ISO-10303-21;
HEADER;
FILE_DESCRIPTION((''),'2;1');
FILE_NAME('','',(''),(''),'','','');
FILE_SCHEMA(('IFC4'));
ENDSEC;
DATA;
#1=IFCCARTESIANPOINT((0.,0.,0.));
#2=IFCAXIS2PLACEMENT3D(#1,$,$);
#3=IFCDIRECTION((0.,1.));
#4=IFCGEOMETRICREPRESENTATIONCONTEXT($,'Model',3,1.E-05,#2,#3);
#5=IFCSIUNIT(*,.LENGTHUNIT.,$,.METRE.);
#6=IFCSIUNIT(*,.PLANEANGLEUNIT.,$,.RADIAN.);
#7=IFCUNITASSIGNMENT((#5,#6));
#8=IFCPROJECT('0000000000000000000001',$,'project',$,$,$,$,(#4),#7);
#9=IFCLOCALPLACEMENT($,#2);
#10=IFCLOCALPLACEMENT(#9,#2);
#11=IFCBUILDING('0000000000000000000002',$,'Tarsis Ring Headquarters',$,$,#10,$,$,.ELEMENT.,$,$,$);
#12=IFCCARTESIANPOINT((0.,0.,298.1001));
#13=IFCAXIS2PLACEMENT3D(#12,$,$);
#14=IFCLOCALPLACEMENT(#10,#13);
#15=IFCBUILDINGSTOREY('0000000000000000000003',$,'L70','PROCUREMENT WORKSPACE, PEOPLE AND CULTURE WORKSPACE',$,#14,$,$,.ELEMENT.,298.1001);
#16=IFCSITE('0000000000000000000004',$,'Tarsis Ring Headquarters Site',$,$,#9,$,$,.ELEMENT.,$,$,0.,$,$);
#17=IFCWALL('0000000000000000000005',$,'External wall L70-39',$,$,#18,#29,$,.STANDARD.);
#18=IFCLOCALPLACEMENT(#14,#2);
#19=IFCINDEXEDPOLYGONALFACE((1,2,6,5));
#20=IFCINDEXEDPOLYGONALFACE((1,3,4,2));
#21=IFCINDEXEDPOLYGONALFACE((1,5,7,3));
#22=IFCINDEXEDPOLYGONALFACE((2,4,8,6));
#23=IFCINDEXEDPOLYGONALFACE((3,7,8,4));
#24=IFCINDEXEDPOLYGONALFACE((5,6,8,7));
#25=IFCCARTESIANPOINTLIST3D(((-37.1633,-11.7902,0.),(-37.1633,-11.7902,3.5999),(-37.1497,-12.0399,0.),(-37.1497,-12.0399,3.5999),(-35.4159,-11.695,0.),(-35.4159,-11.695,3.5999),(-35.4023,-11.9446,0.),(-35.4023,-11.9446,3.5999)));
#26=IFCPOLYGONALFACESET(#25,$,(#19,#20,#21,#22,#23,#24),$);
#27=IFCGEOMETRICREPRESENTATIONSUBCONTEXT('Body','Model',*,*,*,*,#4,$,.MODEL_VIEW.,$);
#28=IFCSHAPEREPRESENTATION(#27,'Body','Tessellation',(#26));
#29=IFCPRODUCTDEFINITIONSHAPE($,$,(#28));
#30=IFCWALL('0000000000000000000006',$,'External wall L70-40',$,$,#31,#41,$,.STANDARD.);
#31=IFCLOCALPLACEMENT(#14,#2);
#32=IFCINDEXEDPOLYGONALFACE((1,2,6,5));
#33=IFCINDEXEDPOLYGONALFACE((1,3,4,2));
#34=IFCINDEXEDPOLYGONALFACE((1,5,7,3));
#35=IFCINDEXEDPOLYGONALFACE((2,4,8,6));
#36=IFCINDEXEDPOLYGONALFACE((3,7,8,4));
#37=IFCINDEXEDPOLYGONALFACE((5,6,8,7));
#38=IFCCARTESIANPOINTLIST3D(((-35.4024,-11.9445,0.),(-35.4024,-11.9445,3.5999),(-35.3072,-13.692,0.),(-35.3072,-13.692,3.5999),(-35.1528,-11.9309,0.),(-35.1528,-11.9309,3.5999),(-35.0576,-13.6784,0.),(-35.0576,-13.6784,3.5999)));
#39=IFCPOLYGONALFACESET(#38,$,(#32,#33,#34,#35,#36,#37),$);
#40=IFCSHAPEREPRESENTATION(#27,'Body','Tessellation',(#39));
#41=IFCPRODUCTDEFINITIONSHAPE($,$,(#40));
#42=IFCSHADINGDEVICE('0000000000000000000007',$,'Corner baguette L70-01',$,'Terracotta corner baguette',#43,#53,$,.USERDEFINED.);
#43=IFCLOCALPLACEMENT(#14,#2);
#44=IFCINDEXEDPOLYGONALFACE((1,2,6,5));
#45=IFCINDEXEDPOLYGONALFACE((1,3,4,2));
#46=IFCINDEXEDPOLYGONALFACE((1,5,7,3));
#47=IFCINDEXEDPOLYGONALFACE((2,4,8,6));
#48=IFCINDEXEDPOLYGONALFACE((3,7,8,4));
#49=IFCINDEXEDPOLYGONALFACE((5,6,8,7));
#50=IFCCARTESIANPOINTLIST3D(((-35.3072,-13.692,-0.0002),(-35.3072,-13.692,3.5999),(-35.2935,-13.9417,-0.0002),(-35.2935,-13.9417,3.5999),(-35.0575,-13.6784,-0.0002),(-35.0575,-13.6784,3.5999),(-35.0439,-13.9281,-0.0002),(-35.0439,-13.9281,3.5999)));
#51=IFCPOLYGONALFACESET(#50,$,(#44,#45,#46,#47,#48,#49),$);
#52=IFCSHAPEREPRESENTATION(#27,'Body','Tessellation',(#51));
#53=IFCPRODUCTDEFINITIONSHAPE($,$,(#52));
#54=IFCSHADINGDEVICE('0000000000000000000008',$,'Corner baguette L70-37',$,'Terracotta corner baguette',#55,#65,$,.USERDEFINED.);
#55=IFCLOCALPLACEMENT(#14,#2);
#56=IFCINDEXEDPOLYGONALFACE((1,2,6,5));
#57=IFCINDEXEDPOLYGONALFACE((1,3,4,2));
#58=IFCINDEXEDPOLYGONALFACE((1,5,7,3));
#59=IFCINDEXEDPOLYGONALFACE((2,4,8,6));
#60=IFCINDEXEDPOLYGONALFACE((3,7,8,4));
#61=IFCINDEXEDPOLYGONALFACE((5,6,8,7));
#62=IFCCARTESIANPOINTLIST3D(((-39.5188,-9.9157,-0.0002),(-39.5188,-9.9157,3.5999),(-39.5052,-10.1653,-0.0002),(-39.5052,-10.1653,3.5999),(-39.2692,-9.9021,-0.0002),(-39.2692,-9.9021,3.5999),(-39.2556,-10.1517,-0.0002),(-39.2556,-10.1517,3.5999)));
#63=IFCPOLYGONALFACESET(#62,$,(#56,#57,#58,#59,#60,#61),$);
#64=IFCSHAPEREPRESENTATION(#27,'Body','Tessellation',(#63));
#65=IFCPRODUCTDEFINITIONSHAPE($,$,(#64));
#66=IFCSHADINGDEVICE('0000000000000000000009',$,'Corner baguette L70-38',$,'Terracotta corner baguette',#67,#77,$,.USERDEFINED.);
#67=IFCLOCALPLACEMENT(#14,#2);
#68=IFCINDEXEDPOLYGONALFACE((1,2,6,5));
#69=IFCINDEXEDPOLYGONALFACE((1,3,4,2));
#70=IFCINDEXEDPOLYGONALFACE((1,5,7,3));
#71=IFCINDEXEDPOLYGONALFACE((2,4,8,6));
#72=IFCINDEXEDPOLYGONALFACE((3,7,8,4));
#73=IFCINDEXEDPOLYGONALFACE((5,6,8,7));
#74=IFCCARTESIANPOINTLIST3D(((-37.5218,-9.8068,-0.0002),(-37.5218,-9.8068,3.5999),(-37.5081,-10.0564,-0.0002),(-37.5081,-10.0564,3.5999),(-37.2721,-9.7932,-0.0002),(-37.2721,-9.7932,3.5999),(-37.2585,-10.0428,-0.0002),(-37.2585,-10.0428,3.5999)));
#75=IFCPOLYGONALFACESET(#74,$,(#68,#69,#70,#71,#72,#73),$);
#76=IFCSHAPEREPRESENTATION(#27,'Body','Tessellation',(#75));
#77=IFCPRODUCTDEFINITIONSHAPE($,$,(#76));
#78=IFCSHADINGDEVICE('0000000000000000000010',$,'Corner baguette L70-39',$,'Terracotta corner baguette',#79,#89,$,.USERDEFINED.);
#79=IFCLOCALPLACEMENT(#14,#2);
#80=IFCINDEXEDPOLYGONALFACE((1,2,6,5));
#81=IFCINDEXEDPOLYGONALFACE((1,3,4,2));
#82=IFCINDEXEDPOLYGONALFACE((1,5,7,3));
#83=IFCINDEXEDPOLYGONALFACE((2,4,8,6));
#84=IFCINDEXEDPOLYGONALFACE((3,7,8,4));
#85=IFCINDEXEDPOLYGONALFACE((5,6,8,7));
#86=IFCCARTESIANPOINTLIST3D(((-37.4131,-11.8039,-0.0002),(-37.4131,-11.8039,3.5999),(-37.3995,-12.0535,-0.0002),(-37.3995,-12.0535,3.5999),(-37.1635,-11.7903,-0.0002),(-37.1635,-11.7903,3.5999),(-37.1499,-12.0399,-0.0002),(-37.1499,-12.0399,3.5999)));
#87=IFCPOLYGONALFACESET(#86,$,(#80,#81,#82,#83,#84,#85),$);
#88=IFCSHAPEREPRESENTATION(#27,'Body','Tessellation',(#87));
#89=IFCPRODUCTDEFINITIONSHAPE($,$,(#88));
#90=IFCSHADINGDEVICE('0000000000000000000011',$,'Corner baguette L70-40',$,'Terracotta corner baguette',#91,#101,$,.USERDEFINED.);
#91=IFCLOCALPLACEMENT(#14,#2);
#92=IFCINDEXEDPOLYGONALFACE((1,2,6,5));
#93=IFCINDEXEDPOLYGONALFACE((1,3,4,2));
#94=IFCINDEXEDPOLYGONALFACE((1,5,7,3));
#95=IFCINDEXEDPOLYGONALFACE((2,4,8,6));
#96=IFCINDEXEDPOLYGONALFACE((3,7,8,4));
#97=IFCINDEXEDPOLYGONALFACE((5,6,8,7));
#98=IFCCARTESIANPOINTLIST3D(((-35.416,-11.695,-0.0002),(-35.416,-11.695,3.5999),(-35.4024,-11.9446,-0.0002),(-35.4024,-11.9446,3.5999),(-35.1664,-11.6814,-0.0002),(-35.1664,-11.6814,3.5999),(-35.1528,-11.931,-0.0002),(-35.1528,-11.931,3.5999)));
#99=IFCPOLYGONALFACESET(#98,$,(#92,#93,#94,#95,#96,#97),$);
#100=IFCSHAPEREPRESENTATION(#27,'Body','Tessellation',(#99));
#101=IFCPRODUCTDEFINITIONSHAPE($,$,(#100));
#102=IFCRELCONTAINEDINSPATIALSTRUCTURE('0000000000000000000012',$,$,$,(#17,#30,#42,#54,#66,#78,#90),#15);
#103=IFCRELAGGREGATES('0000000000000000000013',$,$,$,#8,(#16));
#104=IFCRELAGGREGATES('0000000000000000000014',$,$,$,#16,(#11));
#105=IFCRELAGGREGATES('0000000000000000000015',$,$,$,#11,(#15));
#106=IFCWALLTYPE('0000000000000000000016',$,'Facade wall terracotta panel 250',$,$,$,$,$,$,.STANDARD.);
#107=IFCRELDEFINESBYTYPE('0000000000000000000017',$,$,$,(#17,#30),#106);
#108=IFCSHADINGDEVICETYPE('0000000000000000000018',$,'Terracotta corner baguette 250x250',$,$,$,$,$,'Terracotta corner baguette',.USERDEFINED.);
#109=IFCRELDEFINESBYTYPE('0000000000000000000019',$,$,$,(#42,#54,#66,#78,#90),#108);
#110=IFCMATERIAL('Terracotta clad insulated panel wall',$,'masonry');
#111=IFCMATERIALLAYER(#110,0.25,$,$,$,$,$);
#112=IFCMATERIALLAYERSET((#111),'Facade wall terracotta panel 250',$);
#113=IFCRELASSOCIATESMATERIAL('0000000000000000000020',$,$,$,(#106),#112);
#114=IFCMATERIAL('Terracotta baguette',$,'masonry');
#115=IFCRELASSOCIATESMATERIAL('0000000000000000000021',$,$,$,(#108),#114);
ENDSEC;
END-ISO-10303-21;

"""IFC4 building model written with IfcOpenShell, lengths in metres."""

from ifc_helpers import new_model, si_unit, direction, frame, frame_2d, origin, origin_2d, place, context, subcontext, project, spatial, rectangle, extrude, material, layer, layer_set, type_object, element, save


model = new_model("IFC4")

# Units and contexts
model_context = context("Model", 3, precision=1e-05, world=origin(), true_north=direction((0.0, 1.0)))
body_context = subcontext(model_context, "Body", "Model", "MODEL_VIEW")
ifc_project = project(units=[si_unit("LENGTHUNIT", "METRE"), si_unit("PLANEANGLEUNIT", "RADIAN")], contexts=[model_context])

# Site, building, storey
site_placement = place(None, origin())
site = spatial("IfcSite", under=ifc_project, at=site_placement, Name="Tarsis Ring Headquarters Site", CompositionType="ELEMENT", RefElevation=0.0)
building_placement = place(site_placement, origin())
building = spatial("IfcBuilding", under=site, at=building_placement, Name="Tarsis Ring Headquarters", CompositionType="ELEMENT")
storey_placement = place(building_placement, frame((0.0, 0.0, 298.1001)))
storey = spatial("IfcBuildingStorey", under=building, at=storey_placement, Name="L70", Description="PROCUREMENT WORKSPACE, PEOPLE AND CULTURE WORKSPACE", CompositionType="ELEMENT", Elevation=298.1001)

# Shared definitions
ifc_material_1 = material(Name="Terracotta clad insulated panel wall", Category="masonry")
ifc_layer_1 = layer(ifc_material_1, 0.25)
ifc_layer_set_1 = layer_set([ifc_layer_1], Name="Facade wall terracotta panel 250")
wall_type_1 = type_object("IfcWallType", Name="Facade wall terracotta panel 250", PredefinedType="STANDARD", material=ifc_layer_set_1)

# Walls
for number, where, z_axis, x_axis, name in (
    (1, (-37.1565, -11.915, 0.0), (0.0, 0.0, 1.0), (0.998519, 0.054411, 0.0), "External wall L70-39"),
    (2, (-35.2776, -11.9377, 0.0), (0.0, 0.0, 1.0), (0.054411, -0.998519, 0.0), "External wall L70-40"),
):
    element("IfcWall", number, at=place(storey_placement, frame(where, z_axis=z_axis, x_axis=x_axis)), inside=storey, type_object=wall_type_1, Name=name, PredefinedType="STANDARD", context=body_context, shape_type="SweptSolid", body=[
        extrude(rectangle(XDim=1.75, YDim=0.25, at=frame_2d((0.875, 0.0))), origin(), (0.0, 0.0, 1.0), 3.5999),
    ])

# Shading devices
ifc_material_2 = material(Name="Terracotta baguette", Category="masonry")
shading_device_type = type_object("IfcShadingDeviceType", Name="Terracotta corner baguette 250x250", ElementType="Terracotta corner baguette", PredefinedType="USERDEFINED", material=ifc_material_2)
for number, where, z_axis, x_axis, name in (
    (3, (-35.1755, -13.8101, -0.0002), (0.0, 0.0, 1.0), (0.054428, -0.998518, 0.0), "Corner baguette L70-01"),
    (4, (-39.3872, -10.0337, -0.0002), (0.0, 0.0, 1.0), (0.054427, -0.998518, 0.0), "Corner baguette L70-37"),
    (5, (-37.3901, -9.9248, -0.0002), (0.0, 0.0, 1.0), (0.998518, 0.054428, 0.0), "Corner baguette L70-38"),
    (6, (-37.2815, -11.9219, -0.0002), (0.0, 0.0, 1.0), (0.054427, -0.998518, 0.0), "Corner baguette L70-39"),
    (7, (-35.2844, -11.813, -0.0002), (0.0, 0.0, 1.0), (0.998518, 0.054427, 0.0), "Corner baguette L70-40"),
):
    element("IfcShadingDevice", number, at=place(storey_placement, frame(where, z_axis=z_axis, x_axis=x_axis)), inside=storey, type_object=shading_device_type, Name=name, ObjectType="Terracotta corner baguette", PredefinedType="USERDEFINED", context=body_context, shape_type="SweptSolid", body=[
        extrude(rectangle(XDim=0.25, YDim=0.25, at=origin_2d()), origin(), (0.0, 0.0, 1.0), 3.6001),
    ])

save(model, "model.ifc")
